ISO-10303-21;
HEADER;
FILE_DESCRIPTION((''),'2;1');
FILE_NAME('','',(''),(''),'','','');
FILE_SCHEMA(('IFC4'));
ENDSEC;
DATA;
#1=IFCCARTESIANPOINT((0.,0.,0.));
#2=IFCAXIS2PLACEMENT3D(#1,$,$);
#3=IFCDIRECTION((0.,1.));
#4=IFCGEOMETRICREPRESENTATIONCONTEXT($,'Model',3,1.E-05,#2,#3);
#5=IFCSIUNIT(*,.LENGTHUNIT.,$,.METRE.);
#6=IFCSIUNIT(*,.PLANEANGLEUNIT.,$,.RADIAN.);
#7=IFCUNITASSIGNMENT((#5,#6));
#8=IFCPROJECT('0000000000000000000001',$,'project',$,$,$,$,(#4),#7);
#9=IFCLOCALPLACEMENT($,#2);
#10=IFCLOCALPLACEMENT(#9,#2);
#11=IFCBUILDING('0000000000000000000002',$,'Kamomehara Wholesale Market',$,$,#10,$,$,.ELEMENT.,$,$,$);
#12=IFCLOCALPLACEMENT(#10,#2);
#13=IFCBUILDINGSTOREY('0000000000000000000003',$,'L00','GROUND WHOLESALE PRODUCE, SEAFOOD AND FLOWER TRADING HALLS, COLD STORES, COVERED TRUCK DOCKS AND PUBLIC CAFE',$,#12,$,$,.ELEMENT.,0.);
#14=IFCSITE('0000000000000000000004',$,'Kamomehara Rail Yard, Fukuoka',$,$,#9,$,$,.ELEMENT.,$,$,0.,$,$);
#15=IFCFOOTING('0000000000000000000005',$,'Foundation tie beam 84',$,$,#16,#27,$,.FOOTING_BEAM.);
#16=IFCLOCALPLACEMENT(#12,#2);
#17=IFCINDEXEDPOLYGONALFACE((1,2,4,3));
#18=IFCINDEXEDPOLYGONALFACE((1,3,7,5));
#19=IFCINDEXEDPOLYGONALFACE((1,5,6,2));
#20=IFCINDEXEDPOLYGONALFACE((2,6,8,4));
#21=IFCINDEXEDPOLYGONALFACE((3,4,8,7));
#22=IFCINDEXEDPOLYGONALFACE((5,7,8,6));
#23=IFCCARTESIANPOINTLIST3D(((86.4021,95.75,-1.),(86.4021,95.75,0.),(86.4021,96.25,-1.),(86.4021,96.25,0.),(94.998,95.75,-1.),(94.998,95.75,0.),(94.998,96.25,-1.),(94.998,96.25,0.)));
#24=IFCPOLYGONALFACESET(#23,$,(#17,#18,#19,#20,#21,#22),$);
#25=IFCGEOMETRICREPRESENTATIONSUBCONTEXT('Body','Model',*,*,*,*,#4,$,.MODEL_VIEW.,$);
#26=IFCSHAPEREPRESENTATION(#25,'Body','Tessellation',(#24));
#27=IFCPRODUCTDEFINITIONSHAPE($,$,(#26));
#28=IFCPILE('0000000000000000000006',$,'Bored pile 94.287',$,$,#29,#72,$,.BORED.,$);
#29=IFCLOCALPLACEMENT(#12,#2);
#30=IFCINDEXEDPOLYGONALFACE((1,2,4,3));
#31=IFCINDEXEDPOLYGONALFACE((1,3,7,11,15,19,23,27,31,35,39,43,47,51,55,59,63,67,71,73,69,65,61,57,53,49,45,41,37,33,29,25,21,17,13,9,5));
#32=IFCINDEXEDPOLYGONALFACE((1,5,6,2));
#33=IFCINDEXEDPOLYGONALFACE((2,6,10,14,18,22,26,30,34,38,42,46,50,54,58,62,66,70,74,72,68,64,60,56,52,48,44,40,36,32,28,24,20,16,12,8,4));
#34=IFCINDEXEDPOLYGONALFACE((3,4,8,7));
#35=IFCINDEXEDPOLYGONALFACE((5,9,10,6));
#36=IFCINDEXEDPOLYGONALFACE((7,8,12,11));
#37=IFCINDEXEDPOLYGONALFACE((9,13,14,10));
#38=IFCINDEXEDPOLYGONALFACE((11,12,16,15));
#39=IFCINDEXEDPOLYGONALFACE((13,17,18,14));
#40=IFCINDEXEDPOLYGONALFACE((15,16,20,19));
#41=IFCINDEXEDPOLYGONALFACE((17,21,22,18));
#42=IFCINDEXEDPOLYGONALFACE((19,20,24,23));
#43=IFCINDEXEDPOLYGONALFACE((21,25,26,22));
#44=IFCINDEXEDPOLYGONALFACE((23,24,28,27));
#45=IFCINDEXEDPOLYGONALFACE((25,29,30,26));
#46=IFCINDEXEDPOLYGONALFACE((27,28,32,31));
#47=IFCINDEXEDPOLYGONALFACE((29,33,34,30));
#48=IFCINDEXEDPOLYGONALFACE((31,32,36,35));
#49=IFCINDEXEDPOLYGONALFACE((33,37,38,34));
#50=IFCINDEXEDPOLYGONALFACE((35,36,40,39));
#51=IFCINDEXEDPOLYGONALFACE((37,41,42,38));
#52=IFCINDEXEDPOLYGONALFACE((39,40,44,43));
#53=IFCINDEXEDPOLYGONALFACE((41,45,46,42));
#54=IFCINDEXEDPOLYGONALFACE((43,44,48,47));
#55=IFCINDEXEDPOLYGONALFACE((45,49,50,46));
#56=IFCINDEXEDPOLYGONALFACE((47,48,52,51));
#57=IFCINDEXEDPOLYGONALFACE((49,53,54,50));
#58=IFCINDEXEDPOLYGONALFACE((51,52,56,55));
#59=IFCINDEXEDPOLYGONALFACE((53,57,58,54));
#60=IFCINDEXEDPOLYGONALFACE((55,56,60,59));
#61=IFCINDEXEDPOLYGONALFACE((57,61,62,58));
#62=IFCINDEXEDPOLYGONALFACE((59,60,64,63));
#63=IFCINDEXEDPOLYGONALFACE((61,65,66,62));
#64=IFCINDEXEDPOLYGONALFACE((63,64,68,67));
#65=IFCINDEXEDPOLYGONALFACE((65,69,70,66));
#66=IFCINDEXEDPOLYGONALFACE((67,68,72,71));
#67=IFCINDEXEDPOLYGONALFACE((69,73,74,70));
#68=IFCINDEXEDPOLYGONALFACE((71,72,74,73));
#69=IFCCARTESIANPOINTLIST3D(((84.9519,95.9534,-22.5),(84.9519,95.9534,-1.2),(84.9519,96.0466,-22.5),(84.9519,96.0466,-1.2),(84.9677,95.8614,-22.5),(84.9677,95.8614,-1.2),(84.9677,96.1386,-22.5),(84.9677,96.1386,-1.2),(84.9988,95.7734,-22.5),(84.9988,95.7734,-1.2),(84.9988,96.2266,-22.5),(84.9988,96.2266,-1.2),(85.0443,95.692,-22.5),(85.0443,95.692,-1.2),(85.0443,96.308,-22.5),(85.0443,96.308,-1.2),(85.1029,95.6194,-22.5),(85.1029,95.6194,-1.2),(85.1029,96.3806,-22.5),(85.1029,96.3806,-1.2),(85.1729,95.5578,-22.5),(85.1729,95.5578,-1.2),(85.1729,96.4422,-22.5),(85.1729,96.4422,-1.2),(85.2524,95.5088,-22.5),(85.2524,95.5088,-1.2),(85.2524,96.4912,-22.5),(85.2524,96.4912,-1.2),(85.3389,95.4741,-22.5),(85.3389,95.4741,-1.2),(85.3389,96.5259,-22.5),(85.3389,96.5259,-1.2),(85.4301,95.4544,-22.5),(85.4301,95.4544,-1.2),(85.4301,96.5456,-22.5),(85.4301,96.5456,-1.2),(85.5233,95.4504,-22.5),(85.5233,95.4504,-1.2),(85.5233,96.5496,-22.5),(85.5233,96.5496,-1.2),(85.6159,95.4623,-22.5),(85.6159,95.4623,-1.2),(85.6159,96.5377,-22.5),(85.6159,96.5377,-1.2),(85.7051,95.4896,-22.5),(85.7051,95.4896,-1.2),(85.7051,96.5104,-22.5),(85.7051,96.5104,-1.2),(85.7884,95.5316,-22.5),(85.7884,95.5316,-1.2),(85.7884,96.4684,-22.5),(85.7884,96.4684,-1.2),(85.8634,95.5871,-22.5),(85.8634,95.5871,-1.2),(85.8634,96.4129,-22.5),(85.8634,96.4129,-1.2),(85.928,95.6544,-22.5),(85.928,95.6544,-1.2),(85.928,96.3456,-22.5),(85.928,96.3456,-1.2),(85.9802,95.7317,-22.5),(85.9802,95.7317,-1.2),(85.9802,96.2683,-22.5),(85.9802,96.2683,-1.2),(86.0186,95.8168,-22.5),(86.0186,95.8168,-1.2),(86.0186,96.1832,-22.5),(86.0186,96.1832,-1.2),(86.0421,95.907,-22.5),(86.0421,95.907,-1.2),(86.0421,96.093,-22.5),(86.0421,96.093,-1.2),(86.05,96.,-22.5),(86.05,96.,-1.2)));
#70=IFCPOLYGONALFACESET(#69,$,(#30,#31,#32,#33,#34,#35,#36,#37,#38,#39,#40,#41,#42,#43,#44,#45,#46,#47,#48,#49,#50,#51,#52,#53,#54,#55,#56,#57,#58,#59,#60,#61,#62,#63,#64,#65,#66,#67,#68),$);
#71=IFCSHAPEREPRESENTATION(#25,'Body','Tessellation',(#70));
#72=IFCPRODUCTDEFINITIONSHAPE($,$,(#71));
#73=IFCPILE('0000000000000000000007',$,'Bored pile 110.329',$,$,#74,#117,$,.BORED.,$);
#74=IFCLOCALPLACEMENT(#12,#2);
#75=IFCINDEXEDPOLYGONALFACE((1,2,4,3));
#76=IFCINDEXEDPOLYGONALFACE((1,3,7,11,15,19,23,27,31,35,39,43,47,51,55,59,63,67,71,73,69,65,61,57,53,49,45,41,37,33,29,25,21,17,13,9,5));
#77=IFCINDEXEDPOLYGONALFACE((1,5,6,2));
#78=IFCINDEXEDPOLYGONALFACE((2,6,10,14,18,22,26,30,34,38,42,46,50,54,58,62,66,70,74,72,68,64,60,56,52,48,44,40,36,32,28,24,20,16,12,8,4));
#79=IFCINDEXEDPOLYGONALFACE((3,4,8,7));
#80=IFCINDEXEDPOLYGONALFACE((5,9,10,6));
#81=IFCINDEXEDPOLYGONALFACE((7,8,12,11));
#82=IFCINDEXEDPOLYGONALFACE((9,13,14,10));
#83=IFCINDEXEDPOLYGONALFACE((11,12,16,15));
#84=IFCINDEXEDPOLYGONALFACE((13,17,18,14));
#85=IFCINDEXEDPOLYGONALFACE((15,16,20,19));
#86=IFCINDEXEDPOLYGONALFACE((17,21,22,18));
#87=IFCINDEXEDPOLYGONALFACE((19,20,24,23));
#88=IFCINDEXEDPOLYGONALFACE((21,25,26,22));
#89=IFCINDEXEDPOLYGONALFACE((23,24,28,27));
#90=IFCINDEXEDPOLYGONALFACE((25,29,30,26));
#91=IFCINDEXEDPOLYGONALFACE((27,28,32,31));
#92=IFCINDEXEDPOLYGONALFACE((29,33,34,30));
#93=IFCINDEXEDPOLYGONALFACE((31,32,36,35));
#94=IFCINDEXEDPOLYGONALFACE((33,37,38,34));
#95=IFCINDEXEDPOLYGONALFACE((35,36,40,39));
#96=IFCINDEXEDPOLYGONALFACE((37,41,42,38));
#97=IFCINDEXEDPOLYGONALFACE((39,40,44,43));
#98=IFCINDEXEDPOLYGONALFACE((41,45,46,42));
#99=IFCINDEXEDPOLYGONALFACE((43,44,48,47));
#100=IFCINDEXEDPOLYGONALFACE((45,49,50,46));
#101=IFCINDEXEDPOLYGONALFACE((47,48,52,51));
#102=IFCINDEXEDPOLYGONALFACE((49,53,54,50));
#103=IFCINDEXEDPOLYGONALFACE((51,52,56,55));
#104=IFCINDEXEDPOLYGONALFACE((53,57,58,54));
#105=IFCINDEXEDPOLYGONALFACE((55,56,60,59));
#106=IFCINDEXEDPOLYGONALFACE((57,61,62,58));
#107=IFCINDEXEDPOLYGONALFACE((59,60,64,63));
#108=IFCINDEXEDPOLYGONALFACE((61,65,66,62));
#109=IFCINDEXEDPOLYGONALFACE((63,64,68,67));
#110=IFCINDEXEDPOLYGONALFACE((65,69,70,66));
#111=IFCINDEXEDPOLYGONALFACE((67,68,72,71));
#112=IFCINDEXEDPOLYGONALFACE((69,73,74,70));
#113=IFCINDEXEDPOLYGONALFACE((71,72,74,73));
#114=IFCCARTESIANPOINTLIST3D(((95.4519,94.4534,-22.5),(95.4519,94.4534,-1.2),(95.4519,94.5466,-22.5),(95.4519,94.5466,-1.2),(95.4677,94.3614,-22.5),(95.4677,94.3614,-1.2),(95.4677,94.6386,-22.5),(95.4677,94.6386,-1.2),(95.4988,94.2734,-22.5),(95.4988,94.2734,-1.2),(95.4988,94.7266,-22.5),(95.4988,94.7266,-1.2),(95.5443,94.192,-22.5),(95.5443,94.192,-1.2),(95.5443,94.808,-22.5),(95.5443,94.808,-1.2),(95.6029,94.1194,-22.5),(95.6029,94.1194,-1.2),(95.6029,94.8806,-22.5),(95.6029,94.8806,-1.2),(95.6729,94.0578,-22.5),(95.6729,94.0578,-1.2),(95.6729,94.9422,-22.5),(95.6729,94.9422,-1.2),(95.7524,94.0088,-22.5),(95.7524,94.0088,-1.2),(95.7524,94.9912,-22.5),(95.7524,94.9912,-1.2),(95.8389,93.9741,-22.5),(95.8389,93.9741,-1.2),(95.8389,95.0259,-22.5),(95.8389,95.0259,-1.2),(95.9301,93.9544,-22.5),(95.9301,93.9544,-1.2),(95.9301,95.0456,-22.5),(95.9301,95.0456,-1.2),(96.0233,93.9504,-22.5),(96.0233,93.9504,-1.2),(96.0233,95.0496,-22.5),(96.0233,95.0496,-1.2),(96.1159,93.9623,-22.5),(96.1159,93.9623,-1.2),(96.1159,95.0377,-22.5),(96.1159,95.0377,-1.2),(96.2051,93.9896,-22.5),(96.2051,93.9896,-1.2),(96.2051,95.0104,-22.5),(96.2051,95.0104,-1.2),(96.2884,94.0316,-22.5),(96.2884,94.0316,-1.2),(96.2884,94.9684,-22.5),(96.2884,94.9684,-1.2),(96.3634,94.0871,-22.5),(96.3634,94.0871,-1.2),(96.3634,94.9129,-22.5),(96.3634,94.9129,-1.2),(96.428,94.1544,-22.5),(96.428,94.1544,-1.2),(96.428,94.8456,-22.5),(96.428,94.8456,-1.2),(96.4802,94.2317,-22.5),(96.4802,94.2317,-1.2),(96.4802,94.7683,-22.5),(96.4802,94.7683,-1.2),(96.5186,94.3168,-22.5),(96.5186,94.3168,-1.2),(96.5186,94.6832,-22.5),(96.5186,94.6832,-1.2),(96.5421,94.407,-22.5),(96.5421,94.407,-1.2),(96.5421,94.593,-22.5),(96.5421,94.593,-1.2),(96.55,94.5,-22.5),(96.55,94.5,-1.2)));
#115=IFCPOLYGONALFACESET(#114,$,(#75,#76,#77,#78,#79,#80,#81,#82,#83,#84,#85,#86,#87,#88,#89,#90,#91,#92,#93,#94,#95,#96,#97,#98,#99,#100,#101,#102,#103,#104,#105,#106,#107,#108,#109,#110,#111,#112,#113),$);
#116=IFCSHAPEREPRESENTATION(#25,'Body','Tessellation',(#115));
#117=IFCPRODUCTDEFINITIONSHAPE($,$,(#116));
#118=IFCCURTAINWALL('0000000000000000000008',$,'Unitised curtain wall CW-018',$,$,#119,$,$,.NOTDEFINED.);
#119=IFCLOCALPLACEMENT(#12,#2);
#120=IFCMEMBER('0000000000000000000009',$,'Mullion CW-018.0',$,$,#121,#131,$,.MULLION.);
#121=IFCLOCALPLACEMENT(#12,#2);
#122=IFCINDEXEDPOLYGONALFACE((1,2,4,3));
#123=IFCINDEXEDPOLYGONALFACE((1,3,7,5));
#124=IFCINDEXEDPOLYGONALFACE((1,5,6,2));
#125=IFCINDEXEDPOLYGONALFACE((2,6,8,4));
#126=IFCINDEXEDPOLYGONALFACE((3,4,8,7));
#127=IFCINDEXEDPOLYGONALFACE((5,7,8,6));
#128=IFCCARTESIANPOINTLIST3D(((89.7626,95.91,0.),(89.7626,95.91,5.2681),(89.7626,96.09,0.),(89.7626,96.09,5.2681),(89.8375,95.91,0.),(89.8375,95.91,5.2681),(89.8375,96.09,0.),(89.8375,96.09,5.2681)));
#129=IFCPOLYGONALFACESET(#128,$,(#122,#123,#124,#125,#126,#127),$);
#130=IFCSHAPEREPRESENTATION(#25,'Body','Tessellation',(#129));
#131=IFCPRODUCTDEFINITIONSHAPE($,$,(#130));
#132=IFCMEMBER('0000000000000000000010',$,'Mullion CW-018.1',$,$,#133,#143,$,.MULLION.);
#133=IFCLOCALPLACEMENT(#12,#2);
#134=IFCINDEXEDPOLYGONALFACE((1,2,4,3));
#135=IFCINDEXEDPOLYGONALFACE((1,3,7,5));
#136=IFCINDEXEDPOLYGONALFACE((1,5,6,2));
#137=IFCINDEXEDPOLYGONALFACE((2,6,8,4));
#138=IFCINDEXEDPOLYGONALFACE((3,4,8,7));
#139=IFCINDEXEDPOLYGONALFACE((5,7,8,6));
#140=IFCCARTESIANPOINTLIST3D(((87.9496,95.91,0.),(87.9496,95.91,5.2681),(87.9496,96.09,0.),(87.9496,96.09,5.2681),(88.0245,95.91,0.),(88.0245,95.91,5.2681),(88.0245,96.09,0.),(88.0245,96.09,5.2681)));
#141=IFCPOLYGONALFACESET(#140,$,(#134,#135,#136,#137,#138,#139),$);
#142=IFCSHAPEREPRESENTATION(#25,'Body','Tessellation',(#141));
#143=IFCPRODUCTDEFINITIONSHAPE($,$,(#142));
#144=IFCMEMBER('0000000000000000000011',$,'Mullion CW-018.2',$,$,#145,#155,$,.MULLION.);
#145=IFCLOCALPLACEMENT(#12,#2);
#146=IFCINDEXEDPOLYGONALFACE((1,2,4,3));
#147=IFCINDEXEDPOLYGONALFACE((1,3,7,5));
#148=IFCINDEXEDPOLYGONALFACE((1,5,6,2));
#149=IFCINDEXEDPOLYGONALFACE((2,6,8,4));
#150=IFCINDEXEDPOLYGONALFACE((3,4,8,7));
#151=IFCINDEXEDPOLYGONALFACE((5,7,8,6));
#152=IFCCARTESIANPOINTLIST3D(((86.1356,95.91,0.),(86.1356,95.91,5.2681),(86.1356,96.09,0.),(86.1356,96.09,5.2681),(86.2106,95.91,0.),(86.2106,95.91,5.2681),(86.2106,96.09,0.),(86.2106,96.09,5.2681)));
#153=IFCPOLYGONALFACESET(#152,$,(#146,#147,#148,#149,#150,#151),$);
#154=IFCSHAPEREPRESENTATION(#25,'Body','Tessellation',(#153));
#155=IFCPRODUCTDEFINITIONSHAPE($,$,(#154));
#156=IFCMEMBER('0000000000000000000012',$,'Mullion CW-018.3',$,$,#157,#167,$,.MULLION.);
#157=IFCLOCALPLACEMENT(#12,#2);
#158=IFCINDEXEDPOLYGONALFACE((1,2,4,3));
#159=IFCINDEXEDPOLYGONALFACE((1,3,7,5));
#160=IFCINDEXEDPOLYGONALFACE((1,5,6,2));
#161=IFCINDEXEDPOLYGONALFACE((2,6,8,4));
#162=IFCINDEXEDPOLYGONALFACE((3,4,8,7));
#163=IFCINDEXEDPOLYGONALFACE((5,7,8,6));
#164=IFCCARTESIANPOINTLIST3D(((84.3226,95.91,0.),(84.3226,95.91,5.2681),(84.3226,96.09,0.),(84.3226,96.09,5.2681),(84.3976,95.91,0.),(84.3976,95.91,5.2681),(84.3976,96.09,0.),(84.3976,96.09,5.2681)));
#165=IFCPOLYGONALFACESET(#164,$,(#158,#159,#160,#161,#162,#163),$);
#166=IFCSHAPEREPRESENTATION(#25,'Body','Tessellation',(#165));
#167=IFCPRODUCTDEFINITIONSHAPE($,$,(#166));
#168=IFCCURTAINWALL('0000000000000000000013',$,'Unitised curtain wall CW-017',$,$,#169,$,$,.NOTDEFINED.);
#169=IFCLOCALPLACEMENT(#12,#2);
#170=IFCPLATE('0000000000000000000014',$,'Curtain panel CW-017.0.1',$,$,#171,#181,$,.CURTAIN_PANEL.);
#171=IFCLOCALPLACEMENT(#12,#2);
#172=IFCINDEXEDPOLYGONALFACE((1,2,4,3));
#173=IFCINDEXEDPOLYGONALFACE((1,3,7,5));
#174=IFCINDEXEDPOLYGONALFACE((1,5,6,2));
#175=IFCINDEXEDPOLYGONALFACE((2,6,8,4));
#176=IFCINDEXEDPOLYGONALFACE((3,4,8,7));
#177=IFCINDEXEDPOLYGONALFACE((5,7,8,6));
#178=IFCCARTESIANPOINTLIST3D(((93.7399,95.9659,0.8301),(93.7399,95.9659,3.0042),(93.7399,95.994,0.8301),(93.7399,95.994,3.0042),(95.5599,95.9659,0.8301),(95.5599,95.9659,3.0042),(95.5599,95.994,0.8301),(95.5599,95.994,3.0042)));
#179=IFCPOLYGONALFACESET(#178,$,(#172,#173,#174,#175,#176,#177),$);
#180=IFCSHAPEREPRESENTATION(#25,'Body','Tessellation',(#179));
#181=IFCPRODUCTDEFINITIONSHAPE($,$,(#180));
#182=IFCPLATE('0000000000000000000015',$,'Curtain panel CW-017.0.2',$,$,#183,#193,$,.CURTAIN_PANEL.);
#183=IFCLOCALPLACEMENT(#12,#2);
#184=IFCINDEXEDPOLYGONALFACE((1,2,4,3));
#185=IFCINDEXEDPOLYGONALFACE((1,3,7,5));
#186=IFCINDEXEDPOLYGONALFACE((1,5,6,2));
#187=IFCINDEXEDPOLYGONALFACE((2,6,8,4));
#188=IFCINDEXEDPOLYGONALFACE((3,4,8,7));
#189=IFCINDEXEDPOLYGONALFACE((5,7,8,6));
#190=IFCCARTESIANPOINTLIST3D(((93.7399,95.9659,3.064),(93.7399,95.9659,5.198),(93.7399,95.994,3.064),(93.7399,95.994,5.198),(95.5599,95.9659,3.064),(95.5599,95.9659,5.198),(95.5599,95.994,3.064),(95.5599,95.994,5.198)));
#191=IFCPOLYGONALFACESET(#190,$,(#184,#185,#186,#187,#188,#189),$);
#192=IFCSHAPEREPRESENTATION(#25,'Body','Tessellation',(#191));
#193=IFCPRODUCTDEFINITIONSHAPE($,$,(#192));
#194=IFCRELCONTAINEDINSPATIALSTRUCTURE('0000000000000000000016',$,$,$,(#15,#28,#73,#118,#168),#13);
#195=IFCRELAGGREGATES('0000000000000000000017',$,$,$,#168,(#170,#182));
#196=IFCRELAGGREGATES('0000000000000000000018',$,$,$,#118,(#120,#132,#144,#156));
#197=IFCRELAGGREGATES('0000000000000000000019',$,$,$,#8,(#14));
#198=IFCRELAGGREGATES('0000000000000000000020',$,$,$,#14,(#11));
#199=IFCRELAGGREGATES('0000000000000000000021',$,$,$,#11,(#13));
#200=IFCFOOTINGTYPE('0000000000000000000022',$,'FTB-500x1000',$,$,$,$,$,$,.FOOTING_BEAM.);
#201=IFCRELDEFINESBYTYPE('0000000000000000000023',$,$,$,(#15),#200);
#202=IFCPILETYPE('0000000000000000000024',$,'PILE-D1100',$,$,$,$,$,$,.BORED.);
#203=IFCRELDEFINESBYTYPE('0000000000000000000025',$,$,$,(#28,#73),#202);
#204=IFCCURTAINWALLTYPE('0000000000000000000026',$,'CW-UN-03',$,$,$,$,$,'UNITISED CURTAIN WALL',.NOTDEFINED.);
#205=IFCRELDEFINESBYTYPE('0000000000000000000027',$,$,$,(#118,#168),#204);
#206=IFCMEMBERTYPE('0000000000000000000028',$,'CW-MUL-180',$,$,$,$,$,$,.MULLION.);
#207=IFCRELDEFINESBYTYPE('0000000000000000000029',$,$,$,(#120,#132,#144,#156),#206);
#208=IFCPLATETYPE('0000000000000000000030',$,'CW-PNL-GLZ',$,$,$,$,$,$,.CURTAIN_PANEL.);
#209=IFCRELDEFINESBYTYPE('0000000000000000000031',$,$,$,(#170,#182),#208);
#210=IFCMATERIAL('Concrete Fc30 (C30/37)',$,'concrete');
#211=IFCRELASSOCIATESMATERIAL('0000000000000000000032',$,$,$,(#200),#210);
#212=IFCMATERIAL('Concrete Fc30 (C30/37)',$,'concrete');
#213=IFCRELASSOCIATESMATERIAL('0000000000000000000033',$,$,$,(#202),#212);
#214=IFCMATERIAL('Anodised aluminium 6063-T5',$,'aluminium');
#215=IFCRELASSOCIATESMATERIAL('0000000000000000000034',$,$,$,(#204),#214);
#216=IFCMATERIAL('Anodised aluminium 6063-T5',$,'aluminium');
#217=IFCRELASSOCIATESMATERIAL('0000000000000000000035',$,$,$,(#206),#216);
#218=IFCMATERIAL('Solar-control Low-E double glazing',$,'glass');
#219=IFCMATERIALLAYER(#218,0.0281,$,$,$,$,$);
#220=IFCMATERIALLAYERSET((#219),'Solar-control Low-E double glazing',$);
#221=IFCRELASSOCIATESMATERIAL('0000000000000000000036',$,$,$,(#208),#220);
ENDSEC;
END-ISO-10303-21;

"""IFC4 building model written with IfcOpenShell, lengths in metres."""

from ifc_helpers import new_model, si_unit, direction, frame, origin, origin_2d, place, context, subcontext, project, spatial, rectangle, circle, extrude, material, layer, layer_set, material_profile, profile_set, type_object, element, aggregate, save


model = new_model("IFC4")

# Units and contexts
model_context = context("Model", 3, precision=1e-05, world=origin(), true_north=direction((0.0, 1.0)))
body_context = subcontext(model_context, "Body", "Model", "MODEL_VIEW")
ifc_project = project(units=[si_unit("LENGTHUNIT", "METRE"), si_unit("PLANEANGLEUNIT", "RADIAN")], contexts=[model_context])

# Site, building, storey
site_placement = place(None, origin())
site = spatial("IfcSite", under=ifc_project, at=site_placement, Name="Kamomehara Rail Yard, Fukuoka", CompositionType="ELEMENT", RefElevation=0.0)
building_placement = place(site_placement, origin())
building = spatial("IfcBuilding", under=site, at=building_placement, Name="Kamomehara Wholesale Market", CompositionType="ELEMENT")
storey_placement = place(building_placement, origin())
storey = spatial("IfcBuildingStorey", under=building, at=storey_placement, Name="L00", Description="GROUND WHOLESALE PRODUCE, SEAFOOD AND FLOWER TRADING HALLS, COLD STORES, COVERED TRUCK DOCKS AND PUBLIC CAFE", CompositionType="ELEMENT", Elevation=0.0)

# Footing
ifc_material_1 = material(Name="Concrete Fc30 (C30/37)", Category="concrete")
ifc_material_profile_1 = material_profile(ifc_material_1, rectangle(XDim=0.5, YDim=1.0, at=origin_2d()), Name="RC-FTB-500x1000")
ifc_profile_set_1 = profile_set([ifc_material_profile_1], Name="Concrete Fc30 (C30/37)")
footing_type = type_object("IfcFootingType", Name="FTB-500x1000", PredefinedType="FOOTING_BEAM", material=ifc_profile_set_1)
footing_placement = place(storey_placement, frame((86.4021, 96.0, -0.5), z_axis=(1.0, 0.0, 0.0), x_axis=(0.0, 1.0, 0.0)))
element("IfcFooting", 1, at=footing_placement, inside=storey, type_object=footing_type, Name="Foundation tie beam 84", PredefinedType="FOOTING_BEAM", context=body_context, shape_type="SweptSolid", body=[
    extrude(rectangle(XDim=0.5, YDim=1.0, at=origin_2d()), origin(), (0.0, 0.0, 1.0), 8.5959),
])

# Piles
ifc_material_2 = material(Name="Concrete Fc30 (C30/37)", Category="concrete")
ifc_material_profile_2 = material_profile(ifc_material_2, circle(Radius=0.55, at=origin_2d()), Name="RC-PILE-D1100")
ifc_profile_set_2 = profile_set([ifc_material_profile_2], Name="Concrete Fc30 (C30/37)")
pile_type = type_object("IfcPileType", Name="PILE-D1100", PredefinedType="BORED", material=ifc_profile_set_2)
for number, where, z_axis, x_axis, name in (
    (2, (85.5, 96.0, -1.2), (0.0, 0.0, -1.0), (1.0, 0.0, 0.0), "Bored pile 94.287"),
    (3, (96.0, 94.5, -1.2), (0.0, 0.0, -1.0), (1.0, 0.0, 0.0), "Bored pile 110.329"),
):
    element("IfcPile", number, at=place(storey_placement, frame(where, z_axis=z_axis, x_axis=x_axis)), inside=storey, type_object=pile_type, Name=name, PredefinedType="BORED", context=body_context, shape_type="SweptSolid", body=[
        extrude(circle(Radius=0.55, at=origin_2d()), origin(), (0.0, 0.0, 1.0), 21.3),
    ])

# Curtain wall, members
ifc_material_3 = material(Name="Anodised aluminium 6063-T5", Category="aluminium")
curtain_wall_type = type_object("IfcCurtainWallType", Name="CW-UN-03", ElementType="UNITISED CURTAIN WALL", PredefinedType="NOTDEFINED", material=ifc_material_3)
curtain_wall_1_placement = place(storey_placement, origin())
curtain_wall_1 = element("IfcCurtainWall", 4, at=curtain_wall_1_placement, inside=storey, type_object=curtain_wall_type, Name="Unitised curtain wall CW-018", PredefinedType="NOTDEFINED")
ifc_material_4 = material(Name="Anodised aluminium 6063-T5", Category="aluminium")
ifc_material_profile_3 = material_profile(ifc_material_4, rectangle(XDim=0.075, YDim=0.1799, at=origin_2d()), Name="ALU-MUL-75x180")
ifc_profile_set_3 = profile_set([ifc_material_profile_3], Name="Anodised aluminium 6063-T5")
member_type = type_object("IfcMemberType", Name="CW-MUL-180", PredefinedType="MULLION", material=ifc_profile_set_3)
member_1_placement = place(storey_placement, frame((89.8, 96.0, 0.0), z_axis=(0.0, 0.0, 1.0), x_axis=(-1.0, 0.0, 0.0)))
member_1 = element("IfcMember", 5, at=member_1_placement, type_object=member_type, Name="Mullion CW-018.0", PredefinedType="MULLION", context=body_context, shape_type="SweptSolid", body=[
    extrude(rectangle(XDim=0.075, YDim=0.1799, at=origin_2d()), origin(), (0.0, 0.0, 1.0), 5.2681),
])
member_2_placement = place(storey_placement, frame((87.9871, 96.0, 0.0), z_axis=(0.0, 0.0, 1.0), x_axis=(-1.0, 0.0, 0.0)))
member_2 = element("IfcMember", 6, at=member_2_placement, type_object=member_type, Name="Mullion CW-018.1", PredefinedType="MULLION", context=body_context, shape_type="SweptSolid", body=[
    extrude(rectangle(XDim=0.075, YDim=0.1799, at=origin_2d()), origin(), (0.0, 0.0, 1.0), 5.2681),
])
member_3_placement = place(storey_placement, frame((86.1731, 96.0, 0.0), z_axis=(0.0, 0.0, 1.0), x_axis=(-1.0, 0.0, 0.0)))
member_3 = element("IfcMember", 7, at=member_3_placement, type_object=member_type, Name="Mullion CW-018.2", PredefinedType="MULLION", context=body_context, shape_type="SweptSolid", body=[
    extrude(rectangle(XDim=0.075, YDim=0.1799, at=origin_2d()), origin(), (0.0, 0.0, 1.0), 5.2681),
])
member_4_placement = place(storey_placement, frame((84.3601, 96.0, 0.0), z_axis=(0.0, 0.0, 1.0), x_axis=(-1.0, 0.0, 0.0)))
member_4 = element("IfcMember", 8, at=member_4_placement, type_object=member_type, Name="Mullion CW-018.3", PredefinedType="MULLION", context=body_context, shape_type="SweptSolid", body=[
    extrude(rectangle(XDim=0.075, YDim=0.1799, at=origin_2d()), origin(), (0.0, 0.0, 1.0), 5.2681),
])

# Curtain wall, plates
curtain_wall_2_placement = place(storey_placement, origin())
curtain_wall_2 = element("IfcCurtainWall", 9, at=curtain_wall_2_placement, inside=storey, type_object=curtain_wall_type, Name="Unitised curtain wall CW-017", PredefinedType="NOTDEFINED")
ifc_material_5 = material(Name="Solar-control Low-E double glazing", Category="glass")
ifc_layer_1 = layer(ifc_material_5, 0.0281)
ifc_layer_set_1 = layer_set([ifc_layer_1], Name="Solar-control Low-E double glazing")
plate_type_1 = type_object("IfcPlateType", Name="CW-PNL-GLZ", PredefinedType="CURTAIN_PANEL", material=ifc_layer_set_1)
plate_1_placement = place(storey_placement, frame((94.6499, 95.98, 0.8301), z_axis=(0.0, 0.0, 1.0), x_axis=(-1.0, 0.0, 0.0)))
plate_1 = element("IfcPlate", 10, at=plate_1_placement, type_object=plate_type_1, Name="Curtain panel CW-017.0.1", PredefinedType="CURTAIN_PANEL", context=body_context, shape_type="SweptSolid", body=[
    extrude(rectangle(XDim=1.8201, YDim=0.0281, at=origin_2d()), origin(), (0.0, 0.0, 1.0), 2.1741),
])
plate_2_placement = place(storey_placement, frame((94.6499, 95.98, 3.064), z_axis=(0.0, 0.0, 1.0), x_axis=(-1.0, 0.0, 0.0)))
plate_2 = element("IfcPlate", 11, at=plate_2_placement, type_object=plate_type_1, Name="Curtain panel CW-017.0.2", PredefinedType="CURTAIN_PANEL", context=body_context, shape_type="SweptSolid", body=[
    extrude(rectangle(XDim=1.8201, YDim=0.0281, at=origin_2d()), origin(), (0.0, 0.0, 1.0), 2.134),
])

aggregate(curtain_wall_2, [plate_1, plate_2])
aggregate(curtain_wall_1, [member_1, member_2, member_3, member_4])

save(model, "model.ifc")
